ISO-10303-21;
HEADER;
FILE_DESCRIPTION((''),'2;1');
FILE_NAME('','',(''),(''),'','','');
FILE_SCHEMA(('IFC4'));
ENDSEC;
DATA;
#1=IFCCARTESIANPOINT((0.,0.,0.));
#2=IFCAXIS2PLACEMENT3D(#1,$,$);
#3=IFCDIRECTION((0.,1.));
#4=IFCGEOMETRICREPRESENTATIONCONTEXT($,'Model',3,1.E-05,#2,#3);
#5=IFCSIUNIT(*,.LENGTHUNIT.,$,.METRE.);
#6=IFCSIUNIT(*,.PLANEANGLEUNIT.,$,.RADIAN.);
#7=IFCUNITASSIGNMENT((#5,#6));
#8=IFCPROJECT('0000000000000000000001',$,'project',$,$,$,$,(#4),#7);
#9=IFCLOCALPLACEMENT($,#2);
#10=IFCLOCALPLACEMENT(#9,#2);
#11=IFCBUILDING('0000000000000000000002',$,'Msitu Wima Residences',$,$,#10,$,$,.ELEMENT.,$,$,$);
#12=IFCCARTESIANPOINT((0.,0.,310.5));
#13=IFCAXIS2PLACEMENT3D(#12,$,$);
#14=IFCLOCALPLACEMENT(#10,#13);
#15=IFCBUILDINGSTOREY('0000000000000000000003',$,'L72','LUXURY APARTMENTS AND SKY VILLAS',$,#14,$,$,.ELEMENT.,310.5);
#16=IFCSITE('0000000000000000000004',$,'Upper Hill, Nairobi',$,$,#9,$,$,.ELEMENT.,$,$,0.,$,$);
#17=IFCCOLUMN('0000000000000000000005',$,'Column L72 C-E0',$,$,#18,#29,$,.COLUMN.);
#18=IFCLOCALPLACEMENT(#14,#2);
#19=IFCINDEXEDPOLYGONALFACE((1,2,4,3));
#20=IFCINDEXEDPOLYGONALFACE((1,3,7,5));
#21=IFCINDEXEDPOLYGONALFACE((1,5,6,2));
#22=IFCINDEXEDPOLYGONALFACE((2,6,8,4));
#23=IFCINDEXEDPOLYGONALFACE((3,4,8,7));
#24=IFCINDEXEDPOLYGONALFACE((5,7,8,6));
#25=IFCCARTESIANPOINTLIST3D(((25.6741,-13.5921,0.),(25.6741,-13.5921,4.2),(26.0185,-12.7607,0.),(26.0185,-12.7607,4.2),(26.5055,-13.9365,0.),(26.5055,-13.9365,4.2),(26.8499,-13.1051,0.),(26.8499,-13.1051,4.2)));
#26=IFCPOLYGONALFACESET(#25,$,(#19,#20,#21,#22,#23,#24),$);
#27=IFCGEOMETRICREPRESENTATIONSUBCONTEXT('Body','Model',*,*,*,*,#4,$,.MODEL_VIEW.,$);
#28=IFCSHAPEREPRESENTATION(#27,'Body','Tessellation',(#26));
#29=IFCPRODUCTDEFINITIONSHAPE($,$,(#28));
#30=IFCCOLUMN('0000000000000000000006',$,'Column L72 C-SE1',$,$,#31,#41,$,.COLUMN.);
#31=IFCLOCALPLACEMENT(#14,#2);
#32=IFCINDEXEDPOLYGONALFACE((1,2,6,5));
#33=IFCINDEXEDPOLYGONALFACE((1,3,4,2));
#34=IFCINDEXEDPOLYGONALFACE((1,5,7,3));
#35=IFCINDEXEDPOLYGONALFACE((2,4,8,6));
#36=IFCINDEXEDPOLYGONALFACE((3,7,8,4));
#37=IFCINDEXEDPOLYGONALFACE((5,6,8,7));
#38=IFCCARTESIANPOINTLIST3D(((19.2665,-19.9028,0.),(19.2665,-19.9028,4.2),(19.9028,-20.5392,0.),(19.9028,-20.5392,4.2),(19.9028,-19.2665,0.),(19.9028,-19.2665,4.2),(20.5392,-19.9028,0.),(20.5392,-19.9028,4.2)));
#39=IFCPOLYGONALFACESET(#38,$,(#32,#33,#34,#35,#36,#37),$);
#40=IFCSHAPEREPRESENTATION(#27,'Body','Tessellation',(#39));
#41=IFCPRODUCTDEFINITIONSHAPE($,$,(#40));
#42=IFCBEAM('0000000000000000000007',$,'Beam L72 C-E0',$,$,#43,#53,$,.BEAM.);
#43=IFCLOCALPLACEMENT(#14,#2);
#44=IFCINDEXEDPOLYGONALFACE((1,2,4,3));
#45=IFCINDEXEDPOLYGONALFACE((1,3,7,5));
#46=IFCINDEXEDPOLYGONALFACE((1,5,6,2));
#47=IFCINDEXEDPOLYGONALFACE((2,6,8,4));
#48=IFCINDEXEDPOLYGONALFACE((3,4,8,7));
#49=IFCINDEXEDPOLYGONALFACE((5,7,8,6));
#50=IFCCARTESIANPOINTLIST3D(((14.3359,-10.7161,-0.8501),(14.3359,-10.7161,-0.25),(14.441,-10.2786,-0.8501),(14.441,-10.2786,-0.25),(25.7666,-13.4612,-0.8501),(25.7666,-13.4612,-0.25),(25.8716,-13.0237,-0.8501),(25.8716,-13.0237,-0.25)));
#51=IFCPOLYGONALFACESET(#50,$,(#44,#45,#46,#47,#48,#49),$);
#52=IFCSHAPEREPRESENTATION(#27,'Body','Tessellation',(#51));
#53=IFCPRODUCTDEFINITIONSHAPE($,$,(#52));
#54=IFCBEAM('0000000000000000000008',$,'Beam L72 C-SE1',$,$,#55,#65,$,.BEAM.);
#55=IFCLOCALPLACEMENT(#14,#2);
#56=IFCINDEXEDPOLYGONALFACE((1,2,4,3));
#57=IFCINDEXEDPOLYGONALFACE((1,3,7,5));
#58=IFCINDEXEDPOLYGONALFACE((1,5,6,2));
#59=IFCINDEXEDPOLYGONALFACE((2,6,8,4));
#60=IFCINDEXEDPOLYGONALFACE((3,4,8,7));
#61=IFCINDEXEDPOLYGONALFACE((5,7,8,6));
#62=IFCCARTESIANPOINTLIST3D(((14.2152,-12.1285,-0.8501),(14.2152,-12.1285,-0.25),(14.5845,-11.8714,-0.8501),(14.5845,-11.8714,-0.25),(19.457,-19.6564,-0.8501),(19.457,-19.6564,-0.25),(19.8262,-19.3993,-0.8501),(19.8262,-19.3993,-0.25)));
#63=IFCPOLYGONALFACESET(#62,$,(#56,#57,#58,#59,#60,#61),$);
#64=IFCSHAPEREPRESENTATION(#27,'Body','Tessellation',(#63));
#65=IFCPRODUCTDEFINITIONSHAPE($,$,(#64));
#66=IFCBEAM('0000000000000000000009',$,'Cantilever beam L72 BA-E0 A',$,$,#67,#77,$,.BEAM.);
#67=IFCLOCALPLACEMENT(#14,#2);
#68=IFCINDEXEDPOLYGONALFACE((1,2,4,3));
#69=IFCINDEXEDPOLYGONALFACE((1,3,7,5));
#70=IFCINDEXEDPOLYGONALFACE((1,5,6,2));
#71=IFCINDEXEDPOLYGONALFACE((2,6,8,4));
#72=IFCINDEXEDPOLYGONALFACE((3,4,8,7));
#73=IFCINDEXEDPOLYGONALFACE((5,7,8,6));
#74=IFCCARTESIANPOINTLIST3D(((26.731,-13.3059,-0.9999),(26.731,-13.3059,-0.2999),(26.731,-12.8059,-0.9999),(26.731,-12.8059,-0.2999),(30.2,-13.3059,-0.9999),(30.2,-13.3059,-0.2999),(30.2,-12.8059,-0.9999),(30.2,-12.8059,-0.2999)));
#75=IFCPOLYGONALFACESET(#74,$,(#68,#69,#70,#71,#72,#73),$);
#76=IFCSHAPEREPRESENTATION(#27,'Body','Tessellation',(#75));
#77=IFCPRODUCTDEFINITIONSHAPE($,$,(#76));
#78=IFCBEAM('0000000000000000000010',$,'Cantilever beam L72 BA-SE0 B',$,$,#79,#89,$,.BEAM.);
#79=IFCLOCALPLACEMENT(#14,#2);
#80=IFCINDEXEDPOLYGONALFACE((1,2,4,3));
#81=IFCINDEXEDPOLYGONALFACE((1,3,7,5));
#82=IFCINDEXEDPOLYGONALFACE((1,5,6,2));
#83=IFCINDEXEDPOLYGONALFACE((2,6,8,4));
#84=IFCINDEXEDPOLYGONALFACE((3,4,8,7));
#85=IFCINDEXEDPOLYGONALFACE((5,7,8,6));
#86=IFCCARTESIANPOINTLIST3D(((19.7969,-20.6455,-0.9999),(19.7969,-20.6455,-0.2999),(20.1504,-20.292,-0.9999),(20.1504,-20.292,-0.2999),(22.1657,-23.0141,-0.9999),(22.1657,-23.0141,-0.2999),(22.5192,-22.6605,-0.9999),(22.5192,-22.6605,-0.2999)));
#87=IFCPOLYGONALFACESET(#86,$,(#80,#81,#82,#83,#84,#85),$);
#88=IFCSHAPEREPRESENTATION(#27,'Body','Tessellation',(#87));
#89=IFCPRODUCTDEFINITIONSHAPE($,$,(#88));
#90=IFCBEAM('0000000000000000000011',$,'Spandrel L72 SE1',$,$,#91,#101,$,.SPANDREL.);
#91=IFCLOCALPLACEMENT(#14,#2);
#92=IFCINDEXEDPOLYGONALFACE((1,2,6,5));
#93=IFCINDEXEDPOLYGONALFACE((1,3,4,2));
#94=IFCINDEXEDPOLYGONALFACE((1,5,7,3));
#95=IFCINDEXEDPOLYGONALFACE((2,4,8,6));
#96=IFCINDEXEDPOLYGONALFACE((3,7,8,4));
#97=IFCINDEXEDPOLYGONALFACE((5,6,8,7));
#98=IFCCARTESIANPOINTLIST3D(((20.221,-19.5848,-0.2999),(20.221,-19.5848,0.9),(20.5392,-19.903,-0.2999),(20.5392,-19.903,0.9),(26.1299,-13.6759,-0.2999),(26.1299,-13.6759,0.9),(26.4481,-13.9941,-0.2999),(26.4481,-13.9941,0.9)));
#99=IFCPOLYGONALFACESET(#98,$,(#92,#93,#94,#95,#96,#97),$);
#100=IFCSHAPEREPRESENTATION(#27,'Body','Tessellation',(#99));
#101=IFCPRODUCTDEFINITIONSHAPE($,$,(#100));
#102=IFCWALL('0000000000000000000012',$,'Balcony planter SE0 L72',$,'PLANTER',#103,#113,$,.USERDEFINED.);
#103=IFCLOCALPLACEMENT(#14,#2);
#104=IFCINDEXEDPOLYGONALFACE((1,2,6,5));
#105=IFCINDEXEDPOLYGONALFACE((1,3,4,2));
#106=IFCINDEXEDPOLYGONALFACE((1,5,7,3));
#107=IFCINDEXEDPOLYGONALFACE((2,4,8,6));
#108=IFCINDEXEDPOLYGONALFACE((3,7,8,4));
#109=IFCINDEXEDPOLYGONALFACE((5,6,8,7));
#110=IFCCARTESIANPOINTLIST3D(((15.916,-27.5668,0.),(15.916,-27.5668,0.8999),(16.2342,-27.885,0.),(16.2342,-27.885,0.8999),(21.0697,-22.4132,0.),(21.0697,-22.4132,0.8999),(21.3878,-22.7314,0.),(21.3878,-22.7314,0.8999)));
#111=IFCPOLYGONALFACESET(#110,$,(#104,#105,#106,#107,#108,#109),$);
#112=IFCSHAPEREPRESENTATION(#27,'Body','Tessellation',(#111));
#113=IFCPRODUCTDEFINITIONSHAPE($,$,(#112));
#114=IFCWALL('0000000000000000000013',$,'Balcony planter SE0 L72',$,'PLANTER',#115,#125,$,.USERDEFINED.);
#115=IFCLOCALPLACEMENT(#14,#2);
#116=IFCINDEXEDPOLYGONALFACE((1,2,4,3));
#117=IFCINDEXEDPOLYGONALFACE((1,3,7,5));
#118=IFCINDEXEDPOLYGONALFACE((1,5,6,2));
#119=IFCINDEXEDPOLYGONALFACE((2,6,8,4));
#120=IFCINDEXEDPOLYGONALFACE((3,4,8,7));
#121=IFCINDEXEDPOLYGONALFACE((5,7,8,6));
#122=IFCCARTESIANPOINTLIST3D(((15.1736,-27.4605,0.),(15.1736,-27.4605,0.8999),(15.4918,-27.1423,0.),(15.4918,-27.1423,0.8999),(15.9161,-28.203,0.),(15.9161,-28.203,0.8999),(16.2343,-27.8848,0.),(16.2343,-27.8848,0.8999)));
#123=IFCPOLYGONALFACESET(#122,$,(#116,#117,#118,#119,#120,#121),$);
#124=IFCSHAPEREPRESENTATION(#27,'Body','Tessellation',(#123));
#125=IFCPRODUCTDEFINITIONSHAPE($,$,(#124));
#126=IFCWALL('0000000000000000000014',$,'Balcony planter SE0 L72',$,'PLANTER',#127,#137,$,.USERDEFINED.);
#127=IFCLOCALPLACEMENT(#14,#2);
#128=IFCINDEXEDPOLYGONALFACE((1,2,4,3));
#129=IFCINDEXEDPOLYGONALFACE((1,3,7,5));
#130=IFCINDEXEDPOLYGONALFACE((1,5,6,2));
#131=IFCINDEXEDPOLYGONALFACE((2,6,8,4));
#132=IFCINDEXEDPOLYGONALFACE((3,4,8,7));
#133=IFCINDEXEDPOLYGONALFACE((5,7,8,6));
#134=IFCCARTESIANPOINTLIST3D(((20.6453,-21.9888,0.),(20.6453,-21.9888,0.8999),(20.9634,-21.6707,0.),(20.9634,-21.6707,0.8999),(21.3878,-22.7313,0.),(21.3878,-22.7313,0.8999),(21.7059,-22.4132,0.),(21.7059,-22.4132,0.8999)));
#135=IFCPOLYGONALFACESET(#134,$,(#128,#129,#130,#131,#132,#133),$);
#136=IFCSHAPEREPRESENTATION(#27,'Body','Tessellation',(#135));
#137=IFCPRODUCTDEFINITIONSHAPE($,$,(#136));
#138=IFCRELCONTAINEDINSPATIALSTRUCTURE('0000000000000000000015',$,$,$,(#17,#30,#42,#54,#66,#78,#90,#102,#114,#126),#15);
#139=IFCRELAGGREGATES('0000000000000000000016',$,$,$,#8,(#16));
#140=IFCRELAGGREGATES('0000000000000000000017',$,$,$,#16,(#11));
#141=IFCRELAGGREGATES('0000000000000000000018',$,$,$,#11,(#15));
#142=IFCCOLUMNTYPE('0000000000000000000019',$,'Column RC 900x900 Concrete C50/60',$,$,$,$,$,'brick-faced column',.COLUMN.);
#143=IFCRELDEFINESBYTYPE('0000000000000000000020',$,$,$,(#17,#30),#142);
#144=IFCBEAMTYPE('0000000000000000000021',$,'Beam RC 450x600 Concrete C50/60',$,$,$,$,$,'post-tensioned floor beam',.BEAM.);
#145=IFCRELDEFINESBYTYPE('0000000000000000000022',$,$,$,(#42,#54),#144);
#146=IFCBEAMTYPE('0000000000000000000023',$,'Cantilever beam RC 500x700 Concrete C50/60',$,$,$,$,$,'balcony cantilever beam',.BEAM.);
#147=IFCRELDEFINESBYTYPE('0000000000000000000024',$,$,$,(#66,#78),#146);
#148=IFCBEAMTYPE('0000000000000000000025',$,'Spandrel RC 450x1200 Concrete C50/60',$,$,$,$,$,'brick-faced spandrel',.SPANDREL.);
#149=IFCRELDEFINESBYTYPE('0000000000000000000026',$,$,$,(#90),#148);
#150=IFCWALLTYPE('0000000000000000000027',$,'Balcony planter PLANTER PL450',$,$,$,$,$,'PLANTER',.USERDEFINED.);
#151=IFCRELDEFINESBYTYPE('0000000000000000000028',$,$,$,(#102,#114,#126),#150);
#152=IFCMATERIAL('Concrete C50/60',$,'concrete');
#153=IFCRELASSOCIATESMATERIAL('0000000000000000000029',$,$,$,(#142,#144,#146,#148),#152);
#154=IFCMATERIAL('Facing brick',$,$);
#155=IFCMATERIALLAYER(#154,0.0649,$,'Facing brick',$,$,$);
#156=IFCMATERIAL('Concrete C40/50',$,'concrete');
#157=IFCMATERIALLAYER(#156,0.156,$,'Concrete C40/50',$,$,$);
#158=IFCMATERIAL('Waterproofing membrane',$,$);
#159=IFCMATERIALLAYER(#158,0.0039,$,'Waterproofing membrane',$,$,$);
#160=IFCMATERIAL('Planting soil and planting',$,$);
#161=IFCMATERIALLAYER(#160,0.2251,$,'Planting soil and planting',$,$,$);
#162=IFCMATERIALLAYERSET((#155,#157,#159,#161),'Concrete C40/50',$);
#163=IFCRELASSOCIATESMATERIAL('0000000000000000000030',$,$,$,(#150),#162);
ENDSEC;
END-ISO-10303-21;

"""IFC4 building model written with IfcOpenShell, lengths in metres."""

from ifc_helpers import new_model, si_unit, direction, frame, frame_2d, origin, origin_2d, place, context, subcontext, project, spatial, rectangle, extrude, material, layer, layer_set, material_profile, profile_set, type_object, element, save


model = new_model("IFC4")

# Units and contexts
model_context = context("Model", 3, precision=1e-05, world=origin(), true_north=direction((0.0, 1.0)))
body_context = subcontext(model_context, "Body", "Model", "MODEL_VIEW")
ifc_project = project(units=[si_unit("LENGTHUNIT", "METRE"), si_unit("PLANEANGLEUNIT", "RADIAN")], contexts=[model_context])

# Site, building, storey
site_placement = place(None, origin())
site = spatial("IfcSite", under=ifc_project, at=site_placement, Name="Upper Hill, Nairobi", CompositionType="ELEMENT", RefElevation=0.0)
building_placement = place(site_placement, origin())
building = spatial("IfcBuilding", under=site, at=building_placement, Name="Msitu Wima Residences", CompositionType="ELEMENT")
storey_placement = place(building_placement, frame((0.0, 0.0, 310.5)))
storey = spatial("IfcBuildingStorey", under=building, at=storey_placement, Name="L72", Description="LUXURY APARTMENTS AND SKY VILLAS", CompositionType="ELEMENT", Elevation=310.5)

# Columns
ifc_material_1 = material(Name="Concrete C50/60", Category="concrete")
ifc_material_profile_1 = material_profile(ifc_material_1, rectangle(XDim=0.8999, YDim=0.8999, at=origin_2d()), Name="RC 900x900")
ifc_profile_set_1 = profile_set([ifc_material_profile_1], Name="Concrete C50/60")
column_type = type_object("IfcColumnType", Name="Column RC 900x900 Concrete C50/60", ElementType="brick-faced column", PredefinedType="COLUMN", material=ifc_profile_set_1)
for number, where, z_axis, x_axis, name in (
    (1, (26.262, -13.3486, 0.0), (0.0, 0.0, 1.0), (0.382683, 0.92388, 0.0), "Column L72 C-E0"),
    (2, (19.9028, -19.9028, 0.0), (0.0, 0.0, 1.0), (0.707107, 0.707107, 0.0), "Column L72 C-SE1"),
):
    element("IfcColumn", number, at=place(storey_placement, frame(where, z_axis=z_axis, x_axis=x_axis)), inside=storey, type_object=column_type, Name=name, PredefinedType="COLUMN", context=body_context, shape_type="SweptSolid", body=[
        extrude(rectangle(XDim=0.8999, YDim=0.8999, at=origin_2d()), origin(), (0.0, 0.0, 1.0), 4.2),
    ])

# Beams
ifc_material_profile_2 = material_profile(ifc_material_1, rectangle(XDim=0.45, YDim=0.6001, at=origin_2d()), Name="RC 450x600")
ifc_profile_set_2 = profile_set([ifc_material_profile_2], Name="Concrete C50/60")
beam_type_1 = type_object("IfcBeamType", Name="Beam RC 450x600 Concrete C50/60", ElementType="post-tensioned floor beam", PredefinedType="BEAM", material=ifc_profile_set_2)
beam_1_placement = place(storey_placement, frame((25.8191, -13.2424, -0.55), z_axis=(-0.972353, 0.233514, 0.0), x_axis=(-0.233514, -0.972353, 0.0)))
element("IfcBeam", 3, at=beam_1_placement, inside=storey, type_object=beam_type_1, Name="Beam L72 C-E0", PredefinedType="BEAM", context=body_context, shape_type="SweptSolid", body=[
    extrude(rectangle(XDim=0.45, YDim=0.6001, at=origin_2d()), origin(), (0.0, 0.0, 1.0), 11.7556),
])
beam_2_placement = place(storey_placement, frame((19.6416, -19.5278, -0.55), z_axis=(-0.571428, 0.820652, 0.0), x_axis=(-0.820652, -0.571428, 0.0)))
element("IfcBeam", 4, at=beam_2_placement, inside=storey, type_object=beam_type_1, Name="Beam L72 C-SE1", PredefinedType="BEAM", context=body_context, shape_type="SweptSolid", body=[
    extrude(rectangle(XDim=0.45, YDim=0.6001, at=origin_2d()), origin(), (0.0, 0.0, 1.0), 9.1731),
])
ifc_material_profile_3 = material_profile(ifc_material_1, rectangle(XDim=0.5, YDim=0.7, at=origin_2d()), Name="RC 500x700")
ifc_profile_set_3 = profile_set([ifc_material_profile_3], Name="Concrete C50/60")
beam_type_2 = type_object("IfcBeamType", Name="Cantilever beam RC 500x700 Concrete C50/60", ElementType="balcony cantilever beam", PredefinedType="BEAM", material=ifc_profile_set_3)
beam_3_placement = place(storey_placement, frame((26.731, -13.0559, -0.6499), z_axis=(1.0, 0.0, 0.0), x_axis=(0.0, 1.0, 0.0)))
element("IfcBeam", 5, at=beam_3_placement, inside=storey, type_object=beam_type_2, Name="Cantilever beam L72 BA-E0 A", PredefinedType="BEAM", context=body_context, shape_type="SweptSolid", body=[
    extrude(rectangle(XDim=0.5, YDim=0.7, at=origin_2d()), origin(), (0.0, 0.0, 1.0), 3.469),
])
beam_4_placement = place(storey_placement, frame((19.9736, -20.4688, -0.6499), z_axis=(0.707143, -0.70707, 0.0), x_axis=(0.70707, 0.707143, 0.0)))
element("IfcBeam", 6, at=beam_4_placement, inside=storey, type_object=beam_type_2, Name="Cantilever beam L72 BA-SE0 B", PredefinedType="BEAM", context=body_context, shape_type="SweptSolid", body=[
    extrude(rectangle(XDim=0.5, YDim=0.7, at=origin_2d()), origin(), (0.0, 0.0, 1.0), 3.3499),
])
ifc_material_profile_4 = material_profile(ifc_material_1, rectangle(XDim=0.45, YDim=1.2, at=origin_2d()), Name="RC 450x1200")
ifc_profile_set_4 = profile_set([ifc_material_profile_4], Name="Concrete C50/60")
beam_type_3 = type_object("IfcBeamType", Name="Spandrel RC 450x1200 Concrete C50/60", ElementType="brick-faced spandrel", PredefinedType="SPANDREL", material=ifc_profile_set_4)
beam_5_placement = place(storey_placement, frame((20.3801, -19.7439, 0.3), z_axis=(0.707107, 0.707107, 0.0), x_axis=(-0.707107, 0.707107, 0.0)))
element("IfcBeam", 7, at=beam_5_placement, inside=storey, type_object=beam_type_3, Name="Spandrel L72 SE1", PredefinedType="SPANDREL", context=body_context, shape_type="SweptSolid", body=[
    extrude(rectangle(XDim=0.45, YDim=1.2, at=origin_2d()), origin(), (0.0, 0.0, 1.0), 8.3564),
])

# Walls
ifc_material_2 = material(Name="Facing brick")
ifc_layer_1 = layer(ifc_material_2, 0.0649, Name="Facing brick")
ifc_material_3 = material(Name="Concrete C40/50", Category="concrete")
ifc_layer_2 = layer(ifc_material_3, 0.156, Name="Concrete C40/50")
ifc_material_4 = material(Name="Waterproofing membrane")
ifc_layer_3 = layer(ifc_material_4, 0.0039, Name="Waterproofing membrane")
ifc_material_5 = material(Name="Planting soil and planting")
ifc_layer_4 = layer(ifc_material_5, 0.2251, Name="Planting soil and planting")
ifc_layer_set_1 = layer_set([ifc_layer_1, ifc_layer_2, ifc_layer_3, ifc_layer_4], Name="Concrete C40/50")
wall_type_1 = type_object("IfcWallType", Name="Balcony planter PLANTER PL450", ElementType="PLANTER", PredefinedType="USERDEFINED", material=ifc_layer_set_1)
wall_1_placement = place(storey_placement, frame((16.0752, -27.7258, 0.0), z_axis=(0.0, 0.0, 1.0), x_axis=(0.707107, 0.707107, 0.0)))
element("IfcWall", 8, at=wall_1_placement, inside=storey, type_object=wall_type_1, Name="Balcony planter SE0 L72", ObjectType="PLANTER", PredefinedType="USERDEFINED", context=body_context, shape_type="SweptSolid", body=[
    extrude(rectangle(XDim=7.2883, YDim=0.45, at=frame_2d((3.644, 0.0))), origin(), (0.0, 0.0, 1.0), 0.8999),
])
for number, where, z_axis, x_axis, name in (
    (9, (15.3328, -27.3015, 0.0), (0.0, 0.0, 1.0), (0.707107, -0.707107, 0.0), "Balcony planter SE0 L72"),
    (10, (20.8044, -21.8298, 0.0), (0.0, 0.0, 1.0), (0.707107, -0.707107, 0.0), "Balcony planter SE0 L72"),
):
    element("IfcWall", number, at=place(storey_placement, frame(where, z_axis=z_axis, x_axis=x_axis)), inside=storey, type_object=wall_type_1, Name=name, ObjectType="PLANTER", PredefinedType="USERDEFINED", context=body_context, shape_type="SweptSolid", body=[
        extrude(rectangle(XDim=1.05, YDim=0.45, at=frame_2d((0.5249, 0.0))), origin(), (0.0, 0.0, 1.0), 0.8999),
    ])

save(model, "model.ifc")
